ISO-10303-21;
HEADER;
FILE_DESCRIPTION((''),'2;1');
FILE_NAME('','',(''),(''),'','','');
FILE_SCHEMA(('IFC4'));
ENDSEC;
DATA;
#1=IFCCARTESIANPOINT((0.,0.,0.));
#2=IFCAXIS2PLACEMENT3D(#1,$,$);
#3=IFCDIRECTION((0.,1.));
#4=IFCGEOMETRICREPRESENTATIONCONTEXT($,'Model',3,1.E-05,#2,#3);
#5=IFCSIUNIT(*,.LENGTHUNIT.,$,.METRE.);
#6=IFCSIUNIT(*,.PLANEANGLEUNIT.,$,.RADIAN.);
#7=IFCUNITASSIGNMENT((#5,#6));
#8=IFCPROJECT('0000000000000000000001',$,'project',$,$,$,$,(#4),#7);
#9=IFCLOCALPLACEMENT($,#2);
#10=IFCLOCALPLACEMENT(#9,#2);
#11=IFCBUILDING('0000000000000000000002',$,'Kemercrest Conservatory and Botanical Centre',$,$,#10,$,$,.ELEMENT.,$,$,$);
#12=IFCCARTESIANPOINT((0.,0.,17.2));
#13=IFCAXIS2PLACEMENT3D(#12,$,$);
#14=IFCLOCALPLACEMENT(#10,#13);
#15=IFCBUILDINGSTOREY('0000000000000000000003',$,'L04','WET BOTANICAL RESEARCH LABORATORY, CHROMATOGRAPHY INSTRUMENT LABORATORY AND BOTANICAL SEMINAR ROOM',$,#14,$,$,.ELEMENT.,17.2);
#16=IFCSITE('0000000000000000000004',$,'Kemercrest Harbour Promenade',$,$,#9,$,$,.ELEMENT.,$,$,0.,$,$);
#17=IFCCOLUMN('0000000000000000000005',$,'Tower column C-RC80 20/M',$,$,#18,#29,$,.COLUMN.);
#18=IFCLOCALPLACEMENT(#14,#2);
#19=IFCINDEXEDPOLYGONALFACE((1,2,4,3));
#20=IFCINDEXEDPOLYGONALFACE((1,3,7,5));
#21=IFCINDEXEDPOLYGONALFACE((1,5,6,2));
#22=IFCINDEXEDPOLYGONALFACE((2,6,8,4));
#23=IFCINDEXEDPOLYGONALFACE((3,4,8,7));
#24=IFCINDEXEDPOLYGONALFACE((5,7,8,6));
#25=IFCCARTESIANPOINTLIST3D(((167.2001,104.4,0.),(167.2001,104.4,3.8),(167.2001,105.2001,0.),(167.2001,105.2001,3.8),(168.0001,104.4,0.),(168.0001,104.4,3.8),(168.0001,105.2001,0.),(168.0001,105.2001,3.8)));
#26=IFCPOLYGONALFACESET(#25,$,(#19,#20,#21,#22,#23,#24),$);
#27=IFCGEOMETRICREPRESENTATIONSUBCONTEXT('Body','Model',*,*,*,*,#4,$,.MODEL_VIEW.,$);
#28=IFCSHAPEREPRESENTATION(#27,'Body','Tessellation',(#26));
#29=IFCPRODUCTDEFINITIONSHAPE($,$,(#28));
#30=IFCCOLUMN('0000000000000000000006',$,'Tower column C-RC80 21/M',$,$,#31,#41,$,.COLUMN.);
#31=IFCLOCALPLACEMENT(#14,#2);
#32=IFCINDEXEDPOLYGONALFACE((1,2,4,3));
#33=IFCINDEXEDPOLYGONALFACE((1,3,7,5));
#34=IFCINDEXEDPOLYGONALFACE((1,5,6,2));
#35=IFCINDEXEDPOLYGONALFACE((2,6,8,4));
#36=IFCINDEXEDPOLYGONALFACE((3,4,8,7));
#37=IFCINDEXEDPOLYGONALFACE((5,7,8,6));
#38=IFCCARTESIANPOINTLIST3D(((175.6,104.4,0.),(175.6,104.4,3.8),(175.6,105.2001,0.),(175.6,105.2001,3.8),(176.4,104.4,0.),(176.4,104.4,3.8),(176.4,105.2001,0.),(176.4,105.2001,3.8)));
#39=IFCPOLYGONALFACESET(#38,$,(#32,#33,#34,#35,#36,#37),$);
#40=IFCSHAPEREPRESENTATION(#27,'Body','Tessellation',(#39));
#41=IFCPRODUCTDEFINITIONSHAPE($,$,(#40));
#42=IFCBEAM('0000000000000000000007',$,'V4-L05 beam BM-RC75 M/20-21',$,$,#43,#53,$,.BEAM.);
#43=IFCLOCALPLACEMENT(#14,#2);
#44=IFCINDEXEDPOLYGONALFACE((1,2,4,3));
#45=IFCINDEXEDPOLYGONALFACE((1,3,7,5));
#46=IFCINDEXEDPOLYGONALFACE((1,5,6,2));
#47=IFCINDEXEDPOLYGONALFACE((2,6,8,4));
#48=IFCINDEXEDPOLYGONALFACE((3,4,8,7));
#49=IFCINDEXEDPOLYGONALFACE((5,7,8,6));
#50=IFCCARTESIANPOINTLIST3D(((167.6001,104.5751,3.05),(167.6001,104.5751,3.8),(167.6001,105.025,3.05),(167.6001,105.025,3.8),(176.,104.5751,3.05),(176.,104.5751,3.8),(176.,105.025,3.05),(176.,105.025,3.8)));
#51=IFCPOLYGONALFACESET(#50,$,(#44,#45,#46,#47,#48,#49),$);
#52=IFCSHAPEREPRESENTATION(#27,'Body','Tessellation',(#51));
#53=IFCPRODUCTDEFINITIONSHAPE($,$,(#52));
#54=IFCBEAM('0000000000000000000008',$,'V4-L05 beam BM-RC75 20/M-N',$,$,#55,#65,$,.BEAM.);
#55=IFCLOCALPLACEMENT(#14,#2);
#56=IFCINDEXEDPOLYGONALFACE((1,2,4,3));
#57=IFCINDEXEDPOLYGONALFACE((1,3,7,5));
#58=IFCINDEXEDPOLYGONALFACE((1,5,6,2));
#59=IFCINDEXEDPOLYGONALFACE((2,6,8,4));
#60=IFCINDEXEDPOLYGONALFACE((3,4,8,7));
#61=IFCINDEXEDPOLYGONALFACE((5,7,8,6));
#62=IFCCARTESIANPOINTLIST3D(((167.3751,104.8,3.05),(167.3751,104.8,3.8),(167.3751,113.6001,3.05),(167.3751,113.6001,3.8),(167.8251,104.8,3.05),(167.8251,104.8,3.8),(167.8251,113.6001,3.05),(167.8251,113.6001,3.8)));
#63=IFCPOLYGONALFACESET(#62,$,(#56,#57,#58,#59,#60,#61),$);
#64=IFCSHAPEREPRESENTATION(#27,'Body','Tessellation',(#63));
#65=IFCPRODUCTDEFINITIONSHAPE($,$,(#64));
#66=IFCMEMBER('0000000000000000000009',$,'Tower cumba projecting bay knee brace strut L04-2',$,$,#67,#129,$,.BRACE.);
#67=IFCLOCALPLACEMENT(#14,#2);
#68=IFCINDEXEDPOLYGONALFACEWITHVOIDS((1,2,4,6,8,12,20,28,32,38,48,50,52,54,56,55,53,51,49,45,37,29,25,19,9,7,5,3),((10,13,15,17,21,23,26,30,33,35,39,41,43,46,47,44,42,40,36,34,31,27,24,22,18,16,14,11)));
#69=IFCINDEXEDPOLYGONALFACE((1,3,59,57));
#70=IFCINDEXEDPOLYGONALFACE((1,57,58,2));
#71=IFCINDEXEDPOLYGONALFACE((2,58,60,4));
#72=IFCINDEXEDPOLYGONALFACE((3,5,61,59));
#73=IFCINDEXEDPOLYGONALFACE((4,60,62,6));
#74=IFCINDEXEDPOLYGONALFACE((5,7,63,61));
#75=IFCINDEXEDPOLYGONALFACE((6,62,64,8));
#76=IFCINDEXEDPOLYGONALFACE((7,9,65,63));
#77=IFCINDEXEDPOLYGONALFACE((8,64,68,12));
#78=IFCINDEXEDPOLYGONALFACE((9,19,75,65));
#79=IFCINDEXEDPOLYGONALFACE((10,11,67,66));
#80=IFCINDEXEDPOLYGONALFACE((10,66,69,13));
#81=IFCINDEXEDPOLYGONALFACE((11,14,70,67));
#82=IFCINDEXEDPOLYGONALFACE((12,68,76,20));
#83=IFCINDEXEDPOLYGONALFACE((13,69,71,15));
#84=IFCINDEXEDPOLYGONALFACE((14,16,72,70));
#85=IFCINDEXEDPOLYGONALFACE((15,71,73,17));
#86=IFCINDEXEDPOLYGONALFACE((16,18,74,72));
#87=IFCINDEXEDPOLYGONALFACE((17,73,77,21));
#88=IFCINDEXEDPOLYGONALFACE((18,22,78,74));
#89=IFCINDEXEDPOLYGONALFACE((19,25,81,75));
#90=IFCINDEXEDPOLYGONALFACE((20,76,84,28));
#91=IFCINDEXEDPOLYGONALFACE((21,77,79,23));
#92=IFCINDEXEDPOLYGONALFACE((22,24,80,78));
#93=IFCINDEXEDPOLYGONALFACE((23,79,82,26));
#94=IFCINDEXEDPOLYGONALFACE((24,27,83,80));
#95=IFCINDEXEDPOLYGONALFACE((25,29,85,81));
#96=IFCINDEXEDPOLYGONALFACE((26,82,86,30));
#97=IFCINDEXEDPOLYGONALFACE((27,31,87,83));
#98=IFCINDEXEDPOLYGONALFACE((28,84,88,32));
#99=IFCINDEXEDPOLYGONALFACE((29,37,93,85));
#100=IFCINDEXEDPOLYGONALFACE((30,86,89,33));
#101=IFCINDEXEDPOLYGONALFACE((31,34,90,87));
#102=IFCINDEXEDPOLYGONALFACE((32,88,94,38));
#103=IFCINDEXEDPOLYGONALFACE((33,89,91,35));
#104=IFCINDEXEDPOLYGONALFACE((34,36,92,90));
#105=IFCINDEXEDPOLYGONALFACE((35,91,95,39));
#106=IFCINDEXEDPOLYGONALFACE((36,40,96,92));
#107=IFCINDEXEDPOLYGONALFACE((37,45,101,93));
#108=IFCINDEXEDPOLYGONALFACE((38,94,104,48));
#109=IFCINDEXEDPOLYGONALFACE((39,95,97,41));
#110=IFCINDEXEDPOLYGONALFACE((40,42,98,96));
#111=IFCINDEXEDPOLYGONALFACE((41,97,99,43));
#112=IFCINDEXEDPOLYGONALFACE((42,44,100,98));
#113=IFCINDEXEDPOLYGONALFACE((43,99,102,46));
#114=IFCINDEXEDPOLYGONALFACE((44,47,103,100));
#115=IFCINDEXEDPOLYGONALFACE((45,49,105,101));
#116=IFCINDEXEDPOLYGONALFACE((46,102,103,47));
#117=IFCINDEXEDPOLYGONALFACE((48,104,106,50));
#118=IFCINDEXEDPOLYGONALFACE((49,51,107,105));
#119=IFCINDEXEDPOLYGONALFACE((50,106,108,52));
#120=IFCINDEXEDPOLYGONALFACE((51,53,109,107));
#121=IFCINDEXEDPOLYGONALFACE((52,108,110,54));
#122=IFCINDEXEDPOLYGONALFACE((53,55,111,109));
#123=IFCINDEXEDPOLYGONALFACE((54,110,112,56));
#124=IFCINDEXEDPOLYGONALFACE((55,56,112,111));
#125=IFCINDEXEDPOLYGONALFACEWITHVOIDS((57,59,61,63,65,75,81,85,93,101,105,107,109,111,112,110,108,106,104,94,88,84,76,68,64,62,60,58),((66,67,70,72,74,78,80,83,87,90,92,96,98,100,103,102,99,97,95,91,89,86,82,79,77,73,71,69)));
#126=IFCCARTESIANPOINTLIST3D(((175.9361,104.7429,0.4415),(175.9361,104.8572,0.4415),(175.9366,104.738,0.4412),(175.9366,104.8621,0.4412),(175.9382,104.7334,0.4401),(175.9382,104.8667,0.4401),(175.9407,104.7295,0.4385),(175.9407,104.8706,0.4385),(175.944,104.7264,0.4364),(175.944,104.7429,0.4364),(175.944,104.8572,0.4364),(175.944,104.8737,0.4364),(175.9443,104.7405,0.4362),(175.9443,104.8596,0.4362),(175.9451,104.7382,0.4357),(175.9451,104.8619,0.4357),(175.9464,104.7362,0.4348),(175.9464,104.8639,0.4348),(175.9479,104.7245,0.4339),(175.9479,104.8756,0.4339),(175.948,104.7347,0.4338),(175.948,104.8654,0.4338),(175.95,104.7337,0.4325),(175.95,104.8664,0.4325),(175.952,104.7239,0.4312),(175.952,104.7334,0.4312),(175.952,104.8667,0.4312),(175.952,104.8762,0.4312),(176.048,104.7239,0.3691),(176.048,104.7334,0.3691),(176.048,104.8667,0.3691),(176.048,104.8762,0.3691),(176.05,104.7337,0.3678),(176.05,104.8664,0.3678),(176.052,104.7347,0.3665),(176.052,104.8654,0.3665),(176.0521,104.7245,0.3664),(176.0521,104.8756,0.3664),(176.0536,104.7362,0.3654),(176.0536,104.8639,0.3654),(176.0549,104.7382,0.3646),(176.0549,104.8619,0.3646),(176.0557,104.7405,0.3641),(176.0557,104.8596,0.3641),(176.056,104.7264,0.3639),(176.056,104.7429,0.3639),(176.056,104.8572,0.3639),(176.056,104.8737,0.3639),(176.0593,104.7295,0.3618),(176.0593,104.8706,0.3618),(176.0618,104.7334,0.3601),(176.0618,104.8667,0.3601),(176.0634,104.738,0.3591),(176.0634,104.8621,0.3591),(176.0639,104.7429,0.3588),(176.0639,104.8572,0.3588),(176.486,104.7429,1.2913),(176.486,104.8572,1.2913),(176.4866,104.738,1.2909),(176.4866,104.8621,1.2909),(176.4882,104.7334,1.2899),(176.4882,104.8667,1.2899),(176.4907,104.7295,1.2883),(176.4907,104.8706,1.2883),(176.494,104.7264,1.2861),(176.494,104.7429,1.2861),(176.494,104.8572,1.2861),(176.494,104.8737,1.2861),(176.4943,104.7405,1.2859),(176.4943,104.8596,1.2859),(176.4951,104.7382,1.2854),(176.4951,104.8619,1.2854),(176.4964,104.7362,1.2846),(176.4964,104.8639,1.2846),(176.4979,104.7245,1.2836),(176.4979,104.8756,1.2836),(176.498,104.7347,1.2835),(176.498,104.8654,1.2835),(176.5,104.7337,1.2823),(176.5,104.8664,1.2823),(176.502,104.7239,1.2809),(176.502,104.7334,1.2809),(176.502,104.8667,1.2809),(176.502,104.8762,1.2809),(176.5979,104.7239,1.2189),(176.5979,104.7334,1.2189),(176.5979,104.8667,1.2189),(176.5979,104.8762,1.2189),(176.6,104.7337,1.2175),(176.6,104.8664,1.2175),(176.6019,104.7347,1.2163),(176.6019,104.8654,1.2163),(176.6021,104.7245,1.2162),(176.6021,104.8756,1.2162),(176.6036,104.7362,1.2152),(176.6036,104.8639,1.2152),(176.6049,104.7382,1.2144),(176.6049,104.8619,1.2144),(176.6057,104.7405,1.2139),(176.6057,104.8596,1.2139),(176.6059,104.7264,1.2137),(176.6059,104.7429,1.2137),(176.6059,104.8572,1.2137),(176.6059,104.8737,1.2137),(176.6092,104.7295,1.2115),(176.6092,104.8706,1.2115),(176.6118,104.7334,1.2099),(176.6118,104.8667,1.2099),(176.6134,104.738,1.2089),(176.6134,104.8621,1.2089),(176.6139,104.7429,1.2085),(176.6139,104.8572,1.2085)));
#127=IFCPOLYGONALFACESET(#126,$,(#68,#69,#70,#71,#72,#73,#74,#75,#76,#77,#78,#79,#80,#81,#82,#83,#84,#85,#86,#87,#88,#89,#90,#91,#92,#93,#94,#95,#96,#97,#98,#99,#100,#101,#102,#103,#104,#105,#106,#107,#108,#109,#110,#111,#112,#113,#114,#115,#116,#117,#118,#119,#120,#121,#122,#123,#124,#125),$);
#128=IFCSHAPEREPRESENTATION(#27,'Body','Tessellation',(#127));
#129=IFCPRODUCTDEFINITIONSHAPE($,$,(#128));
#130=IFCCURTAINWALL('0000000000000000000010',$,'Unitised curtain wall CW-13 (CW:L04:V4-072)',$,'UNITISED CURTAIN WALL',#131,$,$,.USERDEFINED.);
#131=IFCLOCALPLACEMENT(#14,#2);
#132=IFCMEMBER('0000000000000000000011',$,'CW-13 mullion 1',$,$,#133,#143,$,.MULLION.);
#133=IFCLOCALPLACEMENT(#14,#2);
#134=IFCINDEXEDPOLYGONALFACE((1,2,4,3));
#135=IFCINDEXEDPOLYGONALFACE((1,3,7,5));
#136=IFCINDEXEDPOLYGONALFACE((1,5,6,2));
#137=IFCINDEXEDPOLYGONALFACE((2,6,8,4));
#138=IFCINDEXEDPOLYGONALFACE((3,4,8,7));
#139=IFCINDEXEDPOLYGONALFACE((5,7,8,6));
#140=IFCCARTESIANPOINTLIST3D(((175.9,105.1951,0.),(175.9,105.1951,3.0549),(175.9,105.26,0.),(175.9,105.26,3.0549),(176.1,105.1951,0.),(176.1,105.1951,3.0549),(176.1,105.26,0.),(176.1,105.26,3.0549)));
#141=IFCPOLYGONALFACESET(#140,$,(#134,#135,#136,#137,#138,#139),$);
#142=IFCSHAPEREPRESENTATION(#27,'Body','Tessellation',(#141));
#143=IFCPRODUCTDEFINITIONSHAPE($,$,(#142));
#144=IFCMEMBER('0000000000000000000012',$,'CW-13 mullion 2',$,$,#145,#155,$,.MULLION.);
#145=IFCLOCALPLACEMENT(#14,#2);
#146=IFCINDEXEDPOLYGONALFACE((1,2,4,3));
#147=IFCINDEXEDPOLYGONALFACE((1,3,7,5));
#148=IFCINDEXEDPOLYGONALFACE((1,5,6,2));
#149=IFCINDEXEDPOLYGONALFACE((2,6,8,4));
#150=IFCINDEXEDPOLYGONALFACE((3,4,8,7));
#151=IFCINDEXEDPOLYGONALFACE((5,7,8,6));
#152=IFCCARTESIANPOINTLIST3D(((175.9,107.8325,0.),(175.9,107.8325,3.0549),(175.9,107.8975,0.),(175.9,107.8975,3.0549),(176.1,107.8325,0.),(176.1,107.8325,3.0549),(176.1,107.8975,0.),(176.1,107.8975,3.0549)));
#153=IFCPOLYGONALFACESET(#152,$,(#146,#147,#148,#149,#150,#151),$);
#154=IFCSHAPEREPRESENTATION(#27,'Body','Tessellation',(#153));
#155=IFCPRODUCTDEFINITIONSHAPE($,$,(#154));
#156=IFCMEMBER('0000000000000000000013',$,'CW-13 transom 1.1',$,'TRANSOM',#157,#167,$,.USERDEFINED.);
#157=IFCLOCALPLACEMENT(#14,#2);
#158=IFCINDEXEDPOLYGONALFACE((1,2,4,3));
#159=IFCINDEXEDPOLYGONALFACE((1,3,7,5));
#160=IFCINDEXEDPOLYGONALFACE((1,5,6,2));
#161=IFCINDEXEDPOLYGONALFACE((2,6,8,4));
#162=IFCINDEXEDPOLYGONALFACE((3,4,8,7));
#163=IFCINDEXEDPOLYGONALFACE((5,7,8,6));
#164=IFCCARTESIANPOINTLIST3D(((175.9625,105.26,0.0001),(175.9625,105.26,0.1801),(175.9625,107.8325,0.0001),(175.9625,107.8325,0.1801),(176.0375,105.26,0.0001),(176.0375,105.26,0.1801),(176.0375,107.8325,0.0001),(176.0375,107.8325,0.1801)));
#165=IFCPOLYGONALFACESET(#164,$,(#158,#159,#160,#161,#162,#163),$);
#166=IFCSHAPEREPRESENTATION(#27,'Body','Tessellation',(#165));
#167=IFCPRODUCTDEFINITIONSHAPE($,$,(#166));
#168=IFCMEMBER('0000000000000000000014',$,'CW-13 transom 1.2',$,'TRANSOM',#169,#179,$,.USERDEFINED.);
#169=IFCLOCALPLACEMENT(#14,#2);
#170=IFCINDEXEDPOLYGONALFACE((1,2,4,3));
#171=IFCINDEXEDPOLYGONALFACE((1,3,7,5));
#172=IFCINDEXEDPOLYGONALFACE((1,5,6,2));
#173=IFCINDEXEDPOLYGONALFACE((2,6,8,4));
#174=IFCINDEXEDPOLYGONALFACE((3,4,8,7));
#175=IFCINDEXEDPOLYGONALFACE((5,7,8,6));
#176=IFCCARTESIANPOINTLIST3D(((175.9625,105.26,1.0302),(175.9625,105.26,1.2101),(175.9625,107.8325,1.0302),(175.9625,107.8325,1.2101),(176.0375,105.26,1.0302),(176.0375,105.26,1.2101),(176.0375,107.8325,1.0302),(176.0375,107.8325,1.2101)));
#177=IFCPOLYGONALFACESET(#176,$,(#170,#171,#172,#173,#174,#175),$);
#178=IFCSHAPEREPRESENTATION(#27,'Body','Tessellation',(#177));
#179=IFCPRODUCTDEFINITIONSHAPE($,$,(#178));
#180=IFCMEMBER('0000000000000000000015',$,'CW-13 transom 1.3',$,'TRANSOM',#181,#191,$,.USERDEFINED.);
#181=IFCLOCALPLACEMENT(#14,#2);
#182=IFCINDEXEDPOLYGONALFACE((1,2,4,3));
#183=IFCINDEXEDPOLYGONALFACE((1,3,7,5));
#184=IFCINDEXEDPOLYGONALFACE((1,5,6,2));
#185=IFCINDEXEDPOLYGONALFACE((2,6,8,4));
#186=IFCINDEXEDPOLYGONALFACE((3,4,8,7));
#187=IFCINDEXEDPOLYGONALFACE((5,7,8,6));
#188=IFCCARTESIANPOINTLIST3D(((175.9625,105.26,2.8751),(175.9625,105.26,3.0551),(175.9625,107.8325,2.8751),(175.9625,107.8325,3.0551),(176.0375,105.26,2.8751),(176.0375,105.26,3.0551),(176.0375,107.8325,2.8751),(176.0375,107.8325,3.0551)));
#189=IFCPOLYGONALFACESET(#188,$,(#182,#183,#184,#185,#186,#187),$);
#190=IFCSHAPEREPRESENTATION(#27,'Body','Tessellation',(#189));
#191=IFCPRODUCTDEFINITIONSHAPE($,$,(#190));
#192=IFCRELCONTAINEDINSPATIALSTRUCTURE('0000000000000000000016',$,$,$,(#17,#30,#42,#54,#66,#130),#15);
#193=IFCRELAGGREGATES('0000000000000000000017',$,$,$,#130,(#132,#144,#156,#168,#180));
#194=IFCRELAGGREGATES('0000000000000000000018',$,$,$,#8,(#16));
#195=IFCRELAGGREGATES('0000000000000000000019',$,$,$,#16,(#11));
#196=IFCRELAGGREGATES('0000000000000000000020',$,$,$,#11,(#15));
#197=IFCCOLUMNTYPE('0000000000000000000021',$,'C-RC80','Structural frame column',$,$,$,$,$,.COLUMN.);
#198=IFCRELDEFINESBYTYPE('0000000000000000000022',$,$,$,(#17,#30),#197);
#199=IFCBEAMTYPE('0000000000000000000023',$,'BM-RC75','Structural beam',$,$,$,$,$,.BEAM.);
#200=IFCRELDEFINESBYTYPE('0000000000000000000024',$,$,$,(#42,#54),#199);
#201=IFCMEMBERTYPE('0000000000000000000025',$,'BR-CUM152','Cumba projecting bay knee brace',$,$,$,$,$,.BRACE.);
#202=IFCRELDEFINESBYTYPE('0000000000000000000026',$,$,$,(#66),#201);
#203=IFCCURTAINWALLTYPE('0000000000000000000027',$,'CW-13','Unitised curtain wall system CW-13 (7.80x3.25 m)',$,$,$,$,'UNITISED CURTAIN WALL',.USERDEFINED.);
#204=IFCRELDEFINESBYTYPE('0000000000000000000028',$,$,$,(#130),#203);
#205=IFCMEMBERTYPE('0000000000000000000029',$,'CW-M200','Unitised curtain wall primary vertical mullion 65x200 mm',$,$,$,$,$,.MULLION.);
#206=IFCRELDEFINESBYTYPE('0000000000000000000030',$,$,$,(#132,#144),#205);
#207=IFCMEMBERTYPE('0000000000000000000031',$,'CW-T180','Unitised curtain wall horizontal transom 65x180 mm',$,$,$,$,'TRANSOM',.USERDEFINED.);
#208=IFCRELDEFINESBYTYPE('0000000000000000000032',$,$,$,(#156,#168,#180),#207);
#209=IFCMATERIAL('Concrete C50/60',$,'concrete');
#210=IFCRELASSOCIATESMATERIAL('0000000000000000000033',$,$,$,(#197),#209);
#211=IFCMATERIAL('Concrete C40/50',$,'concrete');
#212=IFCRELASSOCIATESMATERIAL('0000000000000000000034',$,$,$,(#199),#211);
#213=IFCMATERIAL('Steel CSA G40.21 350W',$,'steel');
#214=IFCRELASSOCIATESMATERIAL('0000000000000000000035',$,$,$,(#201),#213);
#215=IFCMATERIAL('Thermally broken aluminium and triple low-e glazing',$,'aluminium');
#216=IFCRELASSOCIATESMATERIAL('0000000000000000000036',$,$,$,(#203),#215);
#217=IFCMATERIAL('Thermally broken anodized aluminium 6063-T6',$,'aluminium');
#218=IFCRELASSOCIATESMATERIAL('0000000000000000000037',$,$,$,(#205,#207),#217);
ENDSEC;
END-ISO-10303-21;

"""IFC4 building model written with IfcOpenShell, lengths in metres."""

from ifc_helpers import new_model, si_unit, direction, frame, origin, origin_2d, place, context, subcontext, project, spatial, rectangle, hollow_rectangle, extrude, material, material_profile, profile_set, type_object, element, aggregate, save


model = new_model("IFC4")

# Units and contexts
model_context = context("Model", 3, precision=1e-05, world=origin(), true_north=direction((0.0, 1.0)))
body_context = subcontext(model_context, "Body", "Model", "MODEL_VIEW")
ifc_project = project(units=[si_unit("LENGTHUNIT", "METRE"), si_unit("PLANEANGLEUNIT", "RADIAN")], contexts=[model_context])

# Site, building, storey
site_placement = place(None, origin())
site = spatial("IfcSite", under=ifc_project, at=site_placement, Name="Kemercrest Harbour Promenade", CompositionType="ELEMENT", RefElevation=0.0)
building_placement = place(site_placement, origin())
building = spatial("IfcBuilding", under=site, at=building_placement, Name="Kemercrest Conservatory and Botanical Centre", CompositionType="ELEMENT")
storey_placement = place(building_placement, frame((0.0, 0.0, 17.2)))
storey = spatial("IfcBuildingStorey", under=building, at=storey_placement, Name="L04", Description="WET BOTANICAL RESEARCH LABORATORY, CHROMATOGRAPHY INSTRUMENT LABORATORY AND BOTANICAL SEMINAR ROOM", CompositionType="ELEMENT", Elevation=17.2)

# Columns
ifc_material_1 = material(Name="Concrete C50/60", Category="concrete")
ifc_material_profile_1 = material_profile(ifc_material_1, rectangle(XDim=0.8, YDim=0.8, at=origin_2d()), Name="RC 800x800")
ifc_profile_set_1 = profile_set([ifc_material_profile_1], Name="Concrete C50/60")
column_type = type_object("IfcColumnType", Name="C-RC80", Description="Structural frame column", PredefinedType="COLUMN", material=ifc_profile_set_1)
for number, where, z_axis, x_axis, name in (
    (1, (167.6001, 104.8, 0.0), (0.0, 0.0, 1.0), (1.0, 0.0, 0.0), "Tower column C-RC80 20/M"),
    (2, (176.0, 104.8, 0.0), (0.0, 0.0, 1.0), (1.0, 0.0, 0.0), "Tower column C-RC80 21/M"),
):
    element("IfcColumn", number, at=place(storey_placement, frame(where, z_axis=z_axis, x_axis=x_axis)), inside=storey, type_object=column_type, Name=name, PredefinedType="COLUMN", context=body_context, shape_type="SweptSolid", body=[
        extrude(rectangle(XDim=0.8, YDim=0.8, at=origin_2d()), origin(), (0.0, 0.0, 1.0), 3.8),
    ])

# Beams
ifc_material_2 = material(Name="Concrete C40/50", Category="concrete")
ifc_material_profile_2 = material_profile(ifc_material_2, rectangle(XDim=0.45, YDim=0.75, at=origin_2d()), Name="RC 450x750")
ifc_profile_set_2 = profile_set([ifc_material_profile_2], Name="Concrete C40/50")
beam_type_1 = type_object("IfcBeamType", Name="BM-RC75", Description="Structural beam", PredefinedType="BEAM", material=ifc_profile_set_2)
beam_1_placement = place(storey_placement, frame((167.6001, 104.8, 3.425), z_axis=(1.0, 0.0, 0.0), x_axis=(0.0, 1.0, 0.0)))
element("IfcBeam", 3, at=beam_1_placement, inside=storey, type_object=beam_type_1, Name="V4-L05 beam BM-RC75 M/20-21", PredefinedType="BEAM", context=body_context, shape_type="SweptSolid", body=[
    extrude(rectangle(XDim=0.45, YDim=0.75, at=origin_2d()), origin(), (0.0, 0.0, 1.0), 8.3999),
])
beam_2_placement = place(storey_placement, frame((167.6001, 104.8, 3.425), z_axis=(0.0, 1.0, 0.0), x_axis=(-1.0, 0.0, 0.0)))
element("IfcBeam", 4, at=beam_2_placement, inside=storey, type_object=beam_type_1, Name="V4-L05 beam BM-RC75 20/M-N", PredefinedType="BEAM", context=body_context, shape_type="SweptSolid", body=[
    extrude(rectangle(XDim=0.45, YDim=0.75, at=origin_2d()), origin(), (0.0, 0.0, 1.0), 8.8),
])

# Member
ifc_material_3 = material(Name="Steel CSA G40.21 350W", Category="steel")
ifc_material_profile_3 = material_profile(ifc_material_3, hollow_rectangle(XDim=0.1523, YDim=0.1523, WallThickness=0.0095, InnerFilletRadius=0.0095, OuterFilletRadius=0.019, at=origin_2d()), Name="HSS 152x152x9.5")
ifc_profile_set_3 = profile_set([ifc_material_profile_3], Name="Steel CSA G40.21 350W")
member_type_1 = type_object("IfcMemberType", Name="BR-CUM152", Description="Cumba projecting bay knee brace", PredefinedType="BRACE", material=ifc_profile_set_3)
member_1_placement = place(storey_placement, frame((176.0, 104.8, 0.4001), z_axis=(0.543351, 0.0, 0.839505), x_axis=(0.0, 1.0, 0.0)))
element("IfcMember", 5, at=member_1_placement, inside=storey, type_object=member_type_1, Name="Tower cumba projecting bay knee brace strut L04-2", PredefinedType="BRACE", context=body_context, shape_type="SweptSolid", body=[
    extrude(hollow_rectangle(XDim=0.1523, YDim=0.1523, WallThickness=0.0095, InnerFilletRadius=0.0095, OuterFilletRadius=0.019, at=origin_2d()), origin(), (0.0, 0.0, 1.0), 1.0122),
])

# Curtain wall, members
ifc_material_4 = material(Name="Thermally broken aluminium and triple low-e glazing", Category="aluminium")
curtain_wall_type = type_object("IfcCurtainWallType", Name="CW-13", Description="Unitised curtain wall system CW-13 (7.80x3.25 m)", ElementType="UNITISED CURTAIN WALL", PredefinedType="USERDEFINED", material=ifc_material_4)
curtain_wall_placement = place(storey_placement, origin())
curtain_wall = element("IfcCurtainWall", 6, at=curtain_wall_placement, inside=storey, type_object=curtain_wall_type, Name="Unitised curtain wall CW-13 (CW:L04:V4-072)", ObjectType="UNITISED CURTAIN WALL", PredefinedType="USERDEFINED")
ifc_material_5 = material(Name="Thermally broken anodized aluminium 6063-T6", Category="aluminium")
ifc_material_profile_4 = material_profile(ifc_material_5, rectangle(XDim=0.2, YDim=0.0649, at=origin_2d()), Name="AL MULLION 65x200")
ifc_profile_set_4 = profile_set([ifc_material_profile_4], Name="Thermally broken anodized aluminium 6063-T6")
member_type_2 = type_object("IfcMemberType", Name="CW-M200", Description="Unitised curtain wall primary vertical mullion 65x200 mm", PredefinedType="MULLION", material=ifc_profile_set_4)
member_2_placement = place(storey_placement, frame((176.0, 105.2275, 0.0), z_axis=(0.0, 0.0, 1.0), x_axis=(-1.0, 0.0, 0.0)))
member_2 = element("IfcMember", 7, at=member_2_placement, type_object=member_type_2, Name="CW-13 mullion 1", PredefinedType="MULLION", context=body_context, shape_type="SweptSolid", body=[
    extrude(rectangle(XDim=0.2, YDim=0.0649, at=origin_2d()), origin(), (0.0, 0.0, 1.0), 3.0549),
])
member_3_placement = place(storey_placement, frame((176.0, 107.865, 0.0), z_axis=(0.0, 0.0, 1.0), x_axis=(-1.0, 0.0, 0.0)))
member_3 = element("IfcMember", 8, at=member_3_placement, type_object=member_type_2, Name="CW-13 mullion 2", PredefinedType="MULLION", context=body_context, shape_type="SweptSolid", body=[
    extrude(rectangle(XDim=0.2, YDim=0.0649, at=origin_2d()), origin(), (0.0, 0.0, 1.0), 3.0549),
])
ifc_material_profile_5 = material_profile(ifc_material_5, rectangle(XDim=0.075, YDim=0.1799, at=origin_2d()), Name="AL TRANSOM 75x180")
ifc_profile_set_5 = profile_set([ifc_material_profile_5], Name="Thermally broken anodized aluminium 6063-T6")
member_type_3 = type_object("IfcMemberType", Name="CW-T180", Description="Unitised curtain wall horizontal transom 65x180 mm", ElementType="TRANSOM", PredefinedType="USERDEFINED", material=ifc_profile_set_5)
member_4_placement = place(storey_placement, frame((176.0, 105.26, 0.0901), z_axis=(0.0, 1.0, 0.0), x_axis=(-1.0, 0.0, 0.0)))
member_4 = element("IfcMember", 9, at=member_4_placement, type_object=member_type_3, Name="CW-13 transom 1.1", ObjectType="TRANSOM", PredefinedType="USERDEFINED", context=body_context, shape_type="SweptSolid", body=[
    extrude(rectangle(XDim=0.075, YDim=0.1799, at=origin_2d()), origin(), (0.0, 0.0, 1.0), 2.5725),
])
member_5_placement = place(storey_placement, frame((176.0, 105.26, 1.1201), z_axis=(0.0, 1.0, 0.0), x_axis=(-1.0, 0.0, 0.0)))
member_5 = element("IfcMember", 10, at=member_5_placement, type_object=member_type_3, Name="CW-13 transom 1.2", ObjectType="TRANSOM", PredefinedType="USERDEFINED", context=body_context, shape_type="SweptSolid", body=[
    extrude(rectangle(XDim=0.075, YDim=0.1799, at=origin_2d()), origin(), (0.0, 0.0, 1.0), 2.5725),
])
member_6_placement = place(storey_placement, frame((176.0, 105.26, 2.9651), z_axis=(0.0, 1.0, 0.0), x_axis=(-1.0, 0.0, 0.0)))
member_6 = element("IfcMember", 11, at=member_6_placement, type_object=member_type_3, Name="CW-13 transom 1.3", ObjectType="TRANSOM", PredefinedType="USERDEFINED", context=body_context, shape_type="SweptSolid", body=[
    extrude(rectangle(XDim=0.075, YDim=0.1799, at=origin_2d()), origin(), (0.0, 0.0, 1.0), 2.5725),
])

aggregate(curtain_wall, [member_2, member_3, member_4, member_5, member_6])

save(model, "model.ifc")
